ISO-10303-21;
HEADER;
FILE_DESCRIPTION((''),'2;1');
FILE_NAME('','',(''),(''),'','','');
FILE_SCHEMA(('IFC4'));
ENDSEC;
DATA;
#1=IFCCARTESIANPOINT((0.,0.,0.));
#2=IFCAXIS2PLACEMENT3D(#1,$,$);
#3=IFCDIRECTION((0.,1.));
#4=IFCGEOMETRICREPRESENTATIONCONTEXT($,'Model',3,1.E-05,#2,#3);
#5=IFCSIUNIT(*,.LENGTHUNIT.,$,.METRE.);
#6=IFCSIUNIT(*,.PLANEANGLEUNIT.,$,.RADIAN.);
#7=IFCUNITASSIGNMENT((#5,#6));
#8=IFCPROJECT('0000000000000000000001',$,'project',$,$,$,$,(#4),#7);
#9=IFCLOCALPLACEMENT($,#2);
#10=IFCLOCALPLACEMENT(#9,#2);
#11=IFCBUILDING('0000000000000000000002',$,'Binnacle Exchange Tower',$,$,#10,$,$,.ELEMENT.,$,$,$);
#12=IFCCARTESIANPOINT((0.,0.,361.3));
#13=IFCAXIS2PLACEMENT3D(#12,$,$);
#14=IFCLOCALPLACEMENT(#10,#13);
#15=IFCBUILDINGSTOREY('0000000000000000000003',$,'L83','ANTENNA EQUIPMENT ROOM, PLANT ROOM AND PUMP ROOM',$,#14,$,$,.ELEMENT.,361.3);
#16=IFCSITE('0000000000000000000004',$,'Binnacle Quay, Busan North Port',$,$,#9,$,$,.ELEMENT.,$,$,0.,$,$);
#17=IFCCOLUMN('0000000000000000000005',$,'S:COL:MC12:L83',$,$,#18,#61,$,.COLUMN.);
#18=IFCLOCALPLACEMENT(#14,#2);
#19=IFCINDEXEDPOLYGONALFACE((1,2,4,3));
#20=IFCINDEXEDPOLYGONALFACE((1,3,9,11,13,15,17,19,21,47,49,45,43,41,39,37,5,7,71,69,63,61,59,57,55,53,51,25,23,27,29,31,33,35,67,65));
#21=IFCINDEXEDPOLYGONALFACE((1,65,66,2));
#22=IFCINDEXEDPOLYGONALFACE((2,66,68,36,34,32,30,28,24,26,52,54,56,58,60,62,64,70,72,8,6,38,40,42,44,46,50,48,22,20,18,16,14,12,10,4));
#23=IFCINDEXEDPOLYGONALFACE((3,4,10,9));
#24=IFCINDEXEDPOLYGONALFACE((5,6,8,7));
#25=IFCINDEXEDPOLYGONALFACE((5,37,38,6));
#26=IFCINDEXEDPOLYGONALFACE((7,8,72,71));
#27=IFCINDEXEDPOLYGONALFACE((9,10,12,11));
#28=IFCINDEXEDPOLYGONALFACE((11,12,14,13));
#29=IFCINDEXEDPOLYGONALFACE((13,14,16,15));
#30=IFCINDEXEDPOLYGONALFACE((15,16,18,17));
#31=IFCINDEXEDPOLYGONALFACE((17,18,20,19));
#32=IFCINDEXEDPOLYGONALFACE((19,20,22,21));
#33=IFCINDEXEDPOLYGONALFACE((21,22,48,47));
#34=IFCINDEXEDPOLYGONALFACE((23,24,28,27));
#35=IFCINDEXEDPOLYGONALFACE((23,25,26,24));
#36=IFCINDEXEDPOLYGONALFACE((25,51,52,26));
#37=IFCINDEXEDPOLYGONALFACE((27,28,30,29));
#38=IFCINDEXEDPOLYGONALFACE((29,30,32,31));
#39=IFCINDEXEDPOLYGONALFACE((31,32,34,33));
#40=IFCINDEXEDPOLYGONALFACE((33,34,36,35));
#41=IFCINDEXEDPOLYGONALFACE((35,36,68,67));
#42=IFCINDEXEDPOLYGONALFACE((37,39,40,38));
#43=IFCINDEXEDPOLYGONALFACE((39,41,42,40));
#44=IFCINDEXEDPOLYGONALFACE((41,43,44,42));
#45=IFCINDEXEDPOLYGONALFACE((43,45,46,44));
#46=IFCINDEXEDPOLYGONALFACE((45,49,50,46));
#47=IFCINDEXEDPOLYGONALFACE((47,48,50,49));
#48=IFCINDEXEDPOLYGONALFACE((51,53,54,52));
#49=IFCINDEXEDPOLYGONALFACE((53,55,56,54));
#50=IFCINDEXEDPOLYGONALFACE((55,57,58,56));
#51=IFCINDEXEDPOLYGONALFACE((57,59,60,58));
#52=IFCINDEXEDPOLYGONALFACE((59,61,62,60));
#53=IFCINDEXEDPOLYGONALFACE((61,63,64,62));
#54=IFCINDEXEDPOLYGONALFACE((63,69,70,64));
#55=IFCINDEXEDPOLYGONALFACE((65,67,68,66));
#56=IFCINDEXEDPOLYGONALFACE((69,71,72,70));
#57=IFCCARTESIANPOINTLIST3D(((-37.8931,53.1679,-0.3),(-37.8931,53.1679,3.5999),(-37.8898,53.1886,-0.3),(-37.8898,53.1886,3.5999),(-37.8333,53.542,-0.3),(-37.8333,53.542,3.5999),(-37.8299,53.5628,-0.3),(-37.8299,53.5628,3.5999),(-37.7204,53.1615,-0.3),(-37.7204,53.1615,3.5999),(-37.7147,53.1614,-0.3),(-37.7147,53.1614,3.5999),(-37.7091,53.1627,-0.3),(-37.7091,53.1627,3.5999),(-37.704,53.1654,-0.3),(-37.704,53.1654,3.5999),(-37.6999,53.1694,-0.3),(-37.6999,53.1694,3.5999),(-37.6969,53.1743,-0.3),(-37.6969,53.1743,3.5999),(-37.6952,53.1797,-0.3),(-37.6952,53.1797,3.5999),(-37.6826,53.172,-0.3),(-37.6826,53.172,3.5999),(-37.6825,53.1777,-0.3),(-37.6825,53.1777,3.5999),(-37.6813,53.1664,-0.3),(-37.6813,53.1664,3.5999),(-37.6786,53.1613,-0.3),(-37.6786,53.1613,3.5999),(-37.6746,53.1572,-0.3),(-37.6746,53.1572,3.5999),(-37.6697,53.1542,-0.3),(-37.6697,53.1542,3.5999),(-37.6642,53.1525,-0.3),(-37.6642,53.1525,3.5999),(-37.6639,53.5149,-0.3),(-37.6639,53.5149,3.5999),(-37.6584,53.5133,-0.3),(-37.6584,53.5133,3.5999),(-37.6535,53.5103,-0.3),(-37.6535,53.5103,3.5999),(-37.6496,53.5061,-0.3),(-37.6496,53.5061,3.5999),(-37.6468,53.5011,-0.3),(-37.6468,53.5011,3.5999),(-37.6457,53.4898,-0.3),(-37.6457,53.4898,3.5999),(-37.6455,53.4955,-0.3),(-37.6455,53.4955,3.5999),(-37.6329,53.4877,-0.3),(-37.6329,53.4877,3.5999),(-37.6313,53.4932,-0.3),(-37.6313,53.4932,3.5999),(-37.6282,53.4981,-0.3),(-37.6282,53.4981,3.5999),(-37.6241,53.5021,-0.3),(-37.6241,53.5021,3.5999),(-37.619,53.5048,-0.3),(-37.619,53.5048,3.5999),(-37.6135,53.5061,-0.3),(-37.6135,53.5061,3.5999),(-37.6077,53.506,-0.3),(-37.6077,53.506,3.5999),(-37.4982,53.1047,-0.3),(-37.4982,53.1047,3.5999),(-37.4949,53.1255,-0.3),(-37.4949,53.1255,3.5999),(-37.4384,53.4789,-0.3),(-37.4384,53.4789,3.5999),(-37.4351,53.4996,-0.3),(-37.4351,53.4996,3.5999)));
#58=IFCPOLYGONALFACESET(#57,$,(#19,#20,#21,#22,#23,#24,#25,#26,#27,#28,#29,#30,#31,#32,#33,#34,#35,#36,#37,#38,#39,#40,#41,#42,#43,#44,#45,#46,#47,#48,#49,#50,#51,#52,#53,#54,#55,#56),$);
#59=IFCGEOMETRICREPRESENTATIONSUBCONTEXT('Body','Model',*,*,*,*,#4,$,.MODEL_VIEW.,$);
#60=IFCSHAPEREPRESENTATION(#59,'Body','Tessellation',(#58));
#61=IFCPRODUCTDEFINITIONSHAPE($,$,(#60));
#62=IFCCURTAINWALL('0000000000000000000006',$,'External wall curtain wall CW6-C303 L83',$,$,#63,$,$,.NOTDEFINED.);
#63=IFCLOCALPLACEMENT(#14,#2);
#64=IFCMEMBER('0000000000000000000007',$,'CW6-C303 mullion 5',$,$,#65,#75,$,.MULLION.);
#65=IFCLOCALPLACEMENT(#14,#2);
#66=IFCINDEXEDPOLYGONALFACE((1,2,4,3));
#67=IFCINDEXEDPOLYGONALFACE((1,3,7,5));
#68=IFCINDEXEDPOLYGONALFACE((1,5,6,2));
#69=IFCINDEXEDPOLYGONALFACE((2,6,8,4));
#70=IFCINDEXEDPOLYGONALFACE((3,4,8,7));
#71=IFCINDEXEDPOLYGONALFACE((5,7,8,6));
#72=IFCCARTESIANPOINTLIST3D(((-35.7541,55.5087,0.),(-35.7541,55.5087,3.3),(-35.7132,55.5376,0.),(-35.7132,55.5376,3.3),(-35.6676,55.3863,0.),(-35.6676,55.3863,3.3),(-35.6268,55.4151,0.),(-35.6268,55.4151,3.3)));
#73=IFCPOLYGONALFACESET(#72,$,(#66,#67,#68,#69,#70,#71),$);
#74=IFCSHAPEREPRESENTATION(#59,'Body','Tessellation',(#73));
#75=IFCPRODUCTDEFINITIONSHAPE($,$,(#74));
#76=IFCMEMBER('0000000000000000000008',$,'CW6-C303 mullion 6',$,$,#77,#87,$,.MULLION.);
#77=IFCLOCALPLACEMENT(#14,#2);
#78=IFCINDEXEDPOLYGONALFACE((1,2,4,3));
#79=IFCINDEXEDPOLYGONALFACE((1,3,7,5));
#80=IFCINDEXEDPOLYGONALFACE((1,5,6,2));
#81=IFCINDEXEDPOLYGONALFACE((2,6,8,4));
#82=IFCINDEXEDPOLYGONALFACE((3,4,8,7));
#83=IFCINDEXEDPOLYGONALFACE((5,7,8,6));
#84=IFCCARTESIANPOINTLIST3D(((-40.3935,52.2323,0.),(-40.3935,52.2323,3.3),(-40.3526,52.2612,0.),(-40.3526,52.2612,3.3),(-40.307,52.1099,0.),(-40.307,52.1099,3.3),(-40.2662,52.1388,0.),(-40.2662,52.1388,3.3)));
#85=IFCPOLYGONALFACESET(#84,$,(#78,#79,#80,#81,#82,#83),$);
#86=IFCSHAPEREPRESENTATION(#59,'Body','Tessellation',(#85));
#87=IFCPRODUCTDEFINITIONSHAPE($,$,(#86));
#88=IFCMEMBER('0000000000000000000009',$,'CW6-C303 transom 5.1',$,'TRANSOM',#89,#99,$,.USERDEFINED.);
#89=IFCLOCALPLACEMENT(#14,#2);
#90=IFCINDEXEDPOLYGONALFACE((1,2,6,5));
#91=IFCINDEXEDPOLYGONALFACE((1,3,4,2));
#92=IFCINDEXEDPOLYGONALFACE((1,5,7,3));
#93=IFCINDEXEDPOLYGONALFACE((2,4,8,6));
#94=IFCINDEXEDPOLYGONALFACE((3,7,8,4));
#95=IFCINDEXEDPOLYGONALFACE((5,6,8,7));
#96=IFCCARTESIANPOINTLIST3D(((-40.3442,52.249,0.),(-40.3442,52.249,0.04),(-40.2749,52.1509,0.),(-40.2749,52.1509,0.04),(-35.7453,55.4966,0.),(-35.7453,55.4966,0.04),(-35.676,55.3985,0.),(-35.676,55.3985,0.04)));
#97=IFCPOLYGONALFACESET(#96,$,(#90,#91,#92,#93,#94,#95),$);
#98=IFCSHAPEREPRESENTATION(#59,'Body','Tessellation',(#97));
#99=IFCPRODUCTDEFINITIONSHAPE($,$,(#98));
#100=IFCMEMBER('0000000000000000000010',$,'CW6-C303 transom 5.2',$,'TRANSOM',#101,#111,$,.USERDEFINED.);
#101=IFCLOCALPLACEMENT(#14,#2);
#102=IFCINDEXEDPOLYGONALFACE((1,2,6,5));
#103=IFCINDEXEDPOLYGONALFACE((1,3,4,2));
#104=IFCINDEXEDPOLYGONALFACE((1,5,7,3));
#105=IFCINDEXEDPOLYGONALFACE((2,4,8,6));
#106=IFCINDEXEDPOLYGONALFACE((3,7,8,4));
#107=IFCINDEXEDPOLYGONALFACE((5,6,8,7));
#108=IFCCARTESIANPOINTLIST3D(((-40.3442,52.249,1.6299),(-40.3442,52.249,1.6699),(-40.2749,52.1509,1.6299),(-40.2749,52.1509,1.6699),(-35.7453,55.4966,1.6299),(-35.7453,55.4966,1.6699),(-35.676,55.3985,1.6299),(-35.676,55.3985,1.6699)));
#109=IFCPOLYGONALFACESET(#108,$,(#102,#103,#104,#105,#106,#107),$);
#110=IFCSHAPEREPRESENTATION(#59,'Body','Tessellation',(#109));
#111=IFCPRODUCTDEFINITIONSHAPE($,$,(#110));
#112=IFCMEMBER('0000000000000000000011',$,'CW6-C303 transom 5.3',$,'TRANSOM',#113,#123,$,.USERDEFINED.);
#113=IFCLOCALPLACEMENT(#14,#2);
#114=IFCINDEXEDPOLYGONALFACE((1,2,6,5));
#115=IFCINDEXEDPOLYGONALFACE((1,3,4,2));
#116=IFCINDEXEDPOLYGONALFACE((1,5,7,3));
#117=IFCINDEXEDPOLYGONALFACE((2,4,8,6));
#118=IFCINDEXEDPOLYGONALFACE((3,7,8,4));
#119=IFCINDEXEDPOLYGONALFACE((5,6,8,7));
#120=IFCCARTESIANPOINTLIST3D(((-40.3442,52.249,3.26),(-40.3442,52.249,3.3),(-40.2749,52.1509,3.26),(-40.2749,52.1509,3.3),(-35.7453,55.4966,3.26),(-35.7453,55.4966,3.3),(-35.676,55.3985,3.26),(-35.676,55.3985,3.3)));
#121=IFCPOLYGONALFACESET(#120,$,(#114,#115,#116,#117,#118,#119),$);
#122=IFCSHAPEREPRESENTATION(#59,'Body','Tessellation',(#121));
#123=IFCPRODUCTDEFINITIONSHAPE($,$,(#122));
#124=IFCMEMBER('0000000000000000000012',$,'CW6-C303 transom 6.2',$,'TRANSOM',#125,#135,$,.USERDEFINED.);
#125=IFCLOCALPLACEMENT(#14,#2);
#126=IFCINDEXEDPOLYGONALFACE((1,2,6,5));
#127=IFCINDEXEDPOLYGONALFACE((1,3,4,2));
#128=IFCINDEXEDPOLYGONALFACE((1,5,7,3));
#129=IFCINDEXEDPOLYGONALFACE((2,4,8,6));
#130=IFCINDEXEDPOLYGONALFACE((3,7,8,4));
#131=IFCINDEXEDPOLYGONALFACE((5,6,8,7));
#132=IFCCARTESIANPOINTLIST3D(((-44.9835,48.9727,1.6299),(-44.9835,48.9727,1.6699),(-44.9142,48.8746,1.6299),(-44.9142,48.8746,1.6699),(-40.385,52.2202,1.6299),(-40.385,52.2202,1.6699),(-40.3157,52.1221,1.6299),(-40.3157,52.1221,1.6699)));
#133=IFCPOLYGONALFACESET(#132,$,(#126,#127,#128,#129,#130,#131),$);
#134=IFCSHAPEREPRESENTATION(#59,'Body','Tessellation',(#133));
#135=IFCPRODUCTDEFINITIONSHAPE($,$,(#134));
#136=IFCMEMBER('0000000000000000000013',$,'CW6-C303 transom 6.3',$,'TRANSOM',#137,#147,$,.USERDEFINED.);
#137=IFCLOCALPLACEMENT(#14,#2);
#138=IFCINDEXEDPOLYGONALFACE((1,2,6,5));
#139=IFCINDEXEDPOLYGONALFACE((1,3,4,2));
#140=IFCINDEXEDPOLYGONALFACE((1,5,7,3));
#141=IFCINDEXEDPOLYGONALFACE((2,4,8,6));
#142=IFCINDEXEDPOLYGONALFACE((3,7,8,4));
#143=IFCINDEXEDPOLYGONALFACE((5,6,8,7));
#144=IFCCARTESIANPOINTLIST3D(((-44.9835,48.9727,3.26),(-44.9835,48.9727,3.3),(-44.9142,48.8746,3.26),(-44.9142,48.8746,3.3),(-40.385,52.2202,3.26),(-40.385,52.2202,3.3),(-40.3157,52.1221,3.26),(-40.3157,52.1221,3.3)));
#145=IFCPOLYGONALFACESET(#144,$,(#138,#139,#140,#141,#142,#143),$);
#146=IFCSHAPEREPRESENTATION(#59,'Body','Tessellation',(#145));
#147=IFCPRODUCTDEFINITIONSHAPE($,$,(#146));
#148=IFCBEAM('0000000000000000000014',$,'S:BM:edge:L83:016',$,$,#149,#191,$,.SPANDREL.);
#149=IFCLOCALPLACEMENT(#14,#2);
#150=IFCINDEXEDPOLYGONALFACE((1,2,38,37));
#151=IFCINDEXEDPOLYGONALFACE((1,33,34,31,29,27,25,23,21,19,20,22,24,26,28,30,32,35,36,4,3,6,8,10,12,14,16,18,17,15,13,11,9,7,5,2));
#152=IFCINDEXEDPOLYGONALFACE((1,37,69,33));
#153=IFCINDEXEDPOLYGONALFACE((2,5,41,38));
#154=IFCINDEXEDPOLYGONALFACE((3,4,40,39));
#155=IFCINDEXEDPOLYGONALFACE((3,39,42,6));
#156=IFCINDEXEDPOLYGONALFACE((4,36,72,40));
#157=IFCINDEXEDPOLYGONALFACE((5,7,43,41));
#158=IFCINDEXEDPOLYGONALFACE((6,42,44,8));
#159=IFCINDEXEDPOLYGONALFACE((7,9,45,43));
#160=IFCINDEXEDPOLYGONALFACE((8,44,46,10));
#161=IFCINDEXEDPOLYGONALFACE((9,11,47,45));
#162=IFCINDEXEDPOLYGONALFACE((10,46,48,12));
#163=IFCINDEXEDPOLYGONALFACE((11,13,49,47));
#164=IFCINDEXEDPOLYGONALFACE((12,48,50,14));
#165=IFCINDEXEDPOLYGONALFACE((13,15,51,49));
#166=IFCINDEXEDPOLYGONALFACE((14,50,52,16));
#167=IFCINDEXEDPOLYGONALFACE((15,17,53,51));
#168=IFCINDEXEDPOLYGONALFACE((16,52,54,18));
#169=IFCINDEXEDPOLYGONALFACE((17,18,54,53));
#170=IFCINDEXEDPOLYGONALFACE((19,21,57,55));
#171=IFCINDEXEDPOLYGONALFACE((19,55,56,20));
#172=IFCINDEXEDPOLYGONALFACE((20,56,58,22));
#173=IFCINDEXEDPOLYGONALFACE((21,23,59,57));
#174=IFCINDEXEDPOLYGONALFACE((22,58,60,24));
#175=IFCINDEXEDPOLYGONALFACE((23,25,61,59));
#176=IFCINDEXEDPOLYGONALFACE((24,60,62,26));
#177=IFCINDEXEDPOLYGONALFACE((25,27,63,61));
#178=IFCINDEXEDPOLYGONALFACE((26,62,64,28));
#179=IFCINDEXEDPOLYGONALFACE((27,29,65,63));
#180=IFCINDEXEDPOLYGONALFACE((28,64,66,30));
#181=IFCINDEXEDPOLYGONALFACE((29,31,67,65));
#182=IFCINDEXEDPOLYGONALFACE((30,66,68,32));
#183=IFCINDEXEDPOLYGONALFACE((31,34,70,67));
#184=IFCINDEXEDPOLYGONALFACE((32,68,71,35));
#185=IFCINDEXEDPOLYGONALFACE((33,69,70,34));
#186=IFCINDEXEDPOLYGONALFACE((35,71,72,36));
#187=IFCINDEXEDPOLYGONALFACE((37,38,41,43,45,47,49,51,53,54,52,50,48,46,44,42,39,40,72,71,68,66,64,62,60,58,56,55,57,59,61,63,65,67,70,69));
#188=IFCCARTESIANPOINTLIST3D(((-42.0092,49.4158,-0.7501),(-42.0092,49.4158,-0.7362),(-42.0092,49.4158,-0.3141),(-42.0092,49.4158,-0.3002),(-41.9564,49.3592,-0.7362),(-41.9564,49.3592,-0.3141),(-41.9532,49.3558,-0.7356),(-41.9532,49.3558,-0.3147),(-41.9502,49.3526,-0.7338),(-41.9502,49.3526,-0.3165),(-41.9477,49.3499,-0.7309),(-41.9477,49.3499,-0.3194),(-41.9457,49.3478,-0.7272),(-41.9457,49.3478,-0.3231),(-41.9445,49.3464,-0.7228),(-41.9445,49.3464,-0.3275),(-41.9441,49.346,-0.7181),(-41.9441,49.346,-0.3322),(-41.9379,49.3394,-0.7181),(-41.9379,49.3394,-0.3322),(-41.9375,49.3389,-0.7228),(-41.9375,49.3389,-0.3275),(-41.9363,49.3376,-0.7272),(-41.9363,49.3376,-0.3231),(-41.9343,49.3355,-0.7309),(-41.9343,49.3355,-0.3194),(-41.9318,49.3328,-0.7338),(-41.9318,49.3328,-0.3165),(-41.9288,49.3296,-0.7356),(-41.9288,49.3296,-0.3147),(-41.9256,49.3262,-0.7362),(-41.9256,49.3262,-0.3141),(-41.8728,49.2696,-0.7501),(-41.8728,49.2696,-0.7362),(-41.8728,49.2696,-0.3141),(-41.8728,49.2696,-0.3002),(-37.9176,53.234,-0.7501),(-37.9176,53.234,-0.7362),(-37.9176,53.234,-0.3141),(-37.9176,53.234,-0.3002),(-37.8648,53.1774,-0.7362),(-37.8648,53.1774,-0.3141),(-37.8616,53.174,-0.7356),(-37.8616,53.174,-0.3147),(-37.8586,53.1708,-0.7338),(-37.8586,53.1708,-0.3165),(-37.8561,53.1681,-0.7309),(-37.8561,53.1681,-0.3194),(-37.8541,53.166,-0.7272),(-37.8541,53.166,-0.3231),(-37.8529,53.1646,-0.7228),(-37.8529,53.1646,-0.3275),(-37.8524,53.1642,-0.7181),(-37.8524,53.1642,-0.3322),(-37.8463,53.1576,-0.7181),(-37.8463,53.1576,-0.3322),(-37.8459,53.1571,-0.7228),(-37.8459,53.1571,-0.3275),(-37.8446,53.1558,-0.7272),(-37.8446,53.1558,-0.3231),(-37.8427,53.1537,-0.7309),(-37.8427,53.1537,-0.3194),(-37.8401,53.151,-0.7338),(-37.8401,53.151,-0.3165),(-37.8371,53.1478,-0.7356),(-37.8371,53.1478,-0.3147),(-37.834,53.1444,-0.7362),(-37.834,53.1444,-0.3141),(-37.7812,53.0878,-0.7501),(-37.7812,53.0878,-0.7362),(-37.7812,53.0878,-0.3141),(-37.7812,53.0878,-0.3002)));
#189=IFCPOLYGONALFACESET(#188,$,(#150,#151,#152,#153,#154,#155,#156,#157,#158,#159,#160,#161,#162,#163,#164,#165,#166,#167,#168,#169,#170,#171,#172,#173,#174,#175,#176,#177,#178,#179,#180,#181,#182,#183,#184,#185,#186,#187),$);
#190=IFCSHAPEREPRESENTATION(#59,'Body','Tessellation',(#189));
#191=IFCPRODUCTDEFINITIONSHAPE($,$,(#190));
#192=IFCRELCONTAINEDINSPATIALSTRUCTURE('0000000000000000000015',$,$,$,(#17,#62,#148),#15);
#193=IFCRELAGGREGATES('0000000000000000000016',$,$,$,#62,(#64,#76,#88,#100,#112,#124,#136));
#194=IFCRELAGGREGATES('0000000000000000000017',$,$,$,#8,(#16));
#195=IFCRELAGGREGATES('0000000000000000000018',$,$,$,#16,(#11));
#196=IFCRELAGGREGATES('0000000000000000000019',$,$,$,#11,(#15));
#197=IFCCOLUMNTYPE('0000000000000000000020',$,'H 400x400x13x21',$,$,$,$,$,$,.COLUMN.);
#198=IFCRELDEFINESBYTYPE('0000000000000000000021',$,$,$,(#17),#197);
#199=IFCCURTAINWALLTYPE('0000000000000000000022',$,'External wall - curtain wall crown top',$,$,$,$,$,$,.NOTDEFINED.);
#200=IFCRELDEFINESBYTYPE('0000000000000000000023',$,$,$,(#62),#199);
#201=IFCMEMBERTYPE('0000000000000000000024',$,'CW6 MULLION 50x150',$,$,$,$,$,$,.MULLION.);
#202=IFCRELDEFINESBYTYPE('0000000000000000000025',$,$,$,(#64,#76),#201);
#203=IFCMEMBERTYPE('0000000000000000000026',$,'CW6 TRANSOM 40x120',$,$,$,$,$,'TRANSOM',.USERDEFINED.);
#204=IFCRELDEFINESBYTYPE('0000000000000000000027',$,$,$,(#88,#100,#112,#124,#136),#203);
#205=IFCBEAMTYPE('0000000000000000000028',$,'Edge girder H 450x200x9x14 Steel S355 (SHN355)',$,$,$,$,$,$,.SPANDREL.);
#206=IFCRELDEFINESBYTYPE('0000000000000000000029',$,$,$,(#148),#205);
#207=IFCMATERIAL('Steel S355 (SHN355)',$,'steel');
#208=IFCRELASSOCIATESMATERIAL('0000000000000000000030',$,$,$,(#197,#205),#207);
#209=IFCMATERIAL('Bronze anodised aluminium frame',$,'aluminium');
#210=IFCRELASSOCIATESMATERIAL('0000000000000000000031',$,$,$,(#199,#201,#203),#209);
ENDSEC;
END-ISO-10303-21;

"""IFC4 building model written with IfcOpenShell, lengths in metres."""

from ifc_helpers import new_model, si_unit, direction, frame, origin, origin_2d, place, context, subcontext, project, spatial, rectangle, i_section, extrude, material, material_profile, profile_set, type_object, element, aggregate, save


model = new_model("IFC4")

# Units and contexts
model_context = context("Model", 3, precision=1e-05, world=origin(), true_north=direction((0.0, 1.0)))
body_context = subcontext(model_context, "Body", "Model", "MODEL_VIEW")
ifc_project = project(units=[si_unit("LENGTHUNIT", "METRE"), si_unit("PLANEANGLEUNIT", "RADIAN")], contexts=[model_context])

# Site, building, storey
site_placement = place(None, origin())
site = spatial("IfcSite", under=ifc_project, at=site_placement, Name="Binnacle Quay, Busan North Port", CompositionType="ELEMENT", RefElevation=0.0)
building_placement = place(site_placement, origin())
building = spatial("IfcBuilding", under=site, at=building_placement, Name="Binnacle Exchange Tower", CompositionType="ELEMENT")
storey_placement = place(building_placement, frame((0.0, 0.0, 361.3)))
storey = spatial("IfcBuildingStorey", under=building, at=storey_placement, Name="L83", Description="ANTENNA EQUIPMENT ROOM, PLANT ROOM AND PUMP ROOM", CompositionType="ELEMENT", Elevation=361.3)

# Column
ifc_material_1 = material(Name="Steel S355 (SHN355)", Category="steel")
ifc_material_profile_1 = material_profile(ifc_material_1, i_section(OverallWidth=0.3999, OverallDepth=0.3999, WebThickness=0.0129, FlangeThickness=0.021, FilletRadius=0.022, at=origin_2d()), Name="H 400x400x13x21")
ifc_profile_set_1 = profile_set([ifc_material_profile_1], Name="Steel S355 (SHN355)")
column_type = type_object("IfcColumnType", Name="H 400x400x13x21", PredefinedType="COLUMN", material=ifc_profile_set_1)
column_placement = place(storey_placement, frame((-37.6641, 53.3337, -0.3), z_axis=(0.0, 0.0, 1.0), x_axis=(-0.987458, 0.157882, 0.0)))
element("IfcColumn", 1, at=column_placement, inside=storey, type_object=column_type, Name="S:COL:MC12:L83", PredefinedType="COLUMN", context=body_context, shape_type="SweptSolid", body=[
    extrude(i_section(OverallWidth=0.3999, OverallDepth=0.3999, WebThickness=0.0129, FlangeThickness=0.021, FilletRadius=0.022, at=origin_2d()), origin(), (0.0, 0.0, 1.0), 3.8999),
])

# Curtain wall, members
ifc_material_2 = material(Name="Bronze anodised aluminium frame", Category="aluminium")
curtain_wall_type = type_object("IfcCurtainWallType", Name="External wall - curtain wall crown top", PredefinedType="NOTDEFINED", material=ifc_material_2)
curtain_wall_placement = place(storey_placement, origin())
curtain_wall = element("IfcCurtainWall", 2, at=curtain_wall_placement, inside=storey, type_object=curtain_wall_type, Name="External wall curtain wall CW6-C303 L83", PredefinedType="NOTDEFINED")
ifc_material_profile_2 = material_profile(ifc_material_2, rectangle(XDim=0.1499, YDim=0.05, at=origin_2d()), Name="AL 50x150")
ifc_profile_set_2 = profile_set([ifc_material_profile_2], Name="Bronze anodised aluminium frame")
member_type_1 = type_object("IfcMemberType", Name="CW6 MULLION 50x150", PredefinedType="MULLION", material=ifc_profile_set_2)
member_1_placement = place(storey_placement, frame((-35.6904, 55.4619, 0.0), z_axis=(0.0, 0.0, 1.0), x_axis=(0.576854, -0.816847, 0.0)))
member_1 = element("IfcMember", 3, at=member_1_placement, type_object=member_type_1, Name="CW6-C303 mullion 5", PredefinedType="MULLION", context=body_context, shape_type="SweptSolid", body=[
    extrude(rectangle(XDim=0.1499, YDim=0.05, at=origin_2d()), origin(), (0.0, 0.0, 1.0), 3.3),
])
member_2_placement = place(storey_placement, frame((-40.3298, 52.1855, 0.0), z_axis=(0.0, 0.0, 1.0), x_axis=(0.576854, -0.816847, 0.0)))
member_2 = element("IfcMember", 4, at=member_2_placement, type_object=member_type_1, Name="CW6-C303 mullion 6", PredefinedType="MULLION", context=body_context, shape_type="SweptSolid", body=[
    extrude(rectangle(XDim=0.1499, YDim=0.05, at=origin_2d()), origin(), (0.0, 0.0, 1.0), 3.3),
])
ifc_material_profile_3 = material_profile(ifc_material_2, rectangle(XDim=0.1201, YDim=0.04, at=origin_2d()), Name="AL 120x40")
ifc_profile_set_3 = profile_set([ifc_material_profile_3], Name="Bronze anodised aluminium frame")
member_type_2 = type_object("IfcMemberType", Name="CW6 TRANSOM 40x120", ElementType="TRANSOM", PredefinedType="USERDEFINED", material=ifc_profile_set_3)
member_3_placement = place(storey_placement, frame((-35.7107, 55.4475, 0.02), z_axis=(-0.81686, -0.576836, 0.0), x_axis=(0.576836, -0.81686, 0.0)))
member_3 = element("IfcMember", 5, at=member_3_placement, type_object=member_type_2, Name="CW6-C303 transom 5.1", ObjectType="TRANSOM", PredefinedType="USERDEFINED", context=body_context, shape_type="SweptSolid", body=[
    extrude(rectangle(XDim=0.1201, YDim=0.04, at=origin_2d()), origin(), (0.0, 0.0, 1.0), 5.6299),
])
member_4_placement = place(storey_placement, frame((-35.7107, 55.4475, 1.6499), z_axis=(-0.81686, -0.576836, 0.0), x_axis=(0.576836, -0.81686, 0.0)))
member_4 = element("IfcMember", 6, at=member_4_placement, type_object=member_type_2, Name="CW6-C303 transom 5.2", ObjectType="TRANSOM", PredefinedType="USERDEFINED", context=body_context, shape_type="SweptSolid", body=[
    extrude(rectangle(XDim=0.1201, YDim=0.04, at=origin_2d()), origin(), (0.0, 0.0, 1.0), 5.6299),
])
member_5_placement = place(storey_placement, frame((-35.7107, 55.4475, 3.28), z_axis=(-0.81686, -0.576836, 0.0), x_axis=(0.576836, -0.81686, 0.0)))
member_5 = element("IfcMember", 7, at=member_5_placement, type_object=member_type_2, Name="CW6-C303 transom 5.3", ObjectType="TRANSOM", PredefinedType="USERDEFINED", context=body_context, shape_type="SweptSolid", body=[
    extrude(rectangle(XDim=0.1201, YDim=0.04, at=origin_2d()), origin(), (0.0, 0.0, 1.0), 5.6299),
])
member_6_placement = place(storey_placement, frame((-40.3503, 52.1711, 1.6499), z_axis=(-0.816845, -0.576857, 0.0), x_axis=(0.576857, -0.816845, 0.0)))
member_6 = element("IfcMember", 8, at=member_6_placement, type_object=member_type_2, Name="CW6-C303 transom 6.2", ObjectType="TRANSOM", PredefinedType="USERDEFINED", context=body_context, shape_type="SweptSolid", body=[
    extrude(rectangle(XDim=0.1201, YDim=0.04, at=origin_2d()), origin(), (0.0, 0.0, 1.0), 5.6296),
])
member_7_placement = place(storey_placement, frame((-40.3503, 52.1711, 3.28), z_axis=(-0.816845, -0.576857, 0.0), x_axis=(0.576857, -0.816845, 0.0)))
member_7 = element("IfcMember", 9, at=member_7_placement, type_object=member_type_2, Name="CW6-C303 transom 6.3", ObjectType="TRANSOM", PredefinedType="USERDEFINED", context=body_context, shape_type="SweptSolid", body=[
    extrude(rectangle(XDim=0.1201, YDim=0.04, at=origin_2d()), origin(), (0.0, 0.0, 1.0), 5.6296),
])

# Beam
ifc_material_profile_4 = material_profile(ifc_material_1, i_section(OverallWidth=0.2, OverallDepth=0.45, WebThickness=0.009, FlangeThickness=0.0139, FilletRadius=0.0181, at=origin_2d()), Name="H 450x200x9x14")
ifc_profile_set_4 = profile_set([ifc_material_profile_4], Name="Steel S355 (SHN355)")
beam_type_1 = type_object("IfcBeamType", Name="Edge girder H 450x200x9x14 Steel S355 (SHN355)", PredefinedType="SPANDREL", material=ifc_profile_set_4)
beam_1_placement = place(storey_placement, frame((-37.8494, 53.1609, -0.5251), z_axis=(-0.731115, -0.682255, 0.0), x_axis=(0.682255, -0.731115, 0.0)))
element("IfcBeam", 10, at=beam_1_placement, inside=storey, type_object=beam_type_1, Name="S:BM:edge:L83:016", PredefinedType="SPANDREL", context=body_context, shape_type="SweptSolid", body=[
    extrude(i_section(OverallWidth=0.2, OverallDepth=0.45, WebThickness=0.009, FlangeThickness=0.0139, FilletRadius=0.0181, at=origin_2d()), origin(), (0.0, 0.0, 1.0), 5.5964),
])

aggregate(curtain_wall, [member_1, member_2, member_3, member_4, member_5, member_6, member_7])

save(model, "model.ifc")
